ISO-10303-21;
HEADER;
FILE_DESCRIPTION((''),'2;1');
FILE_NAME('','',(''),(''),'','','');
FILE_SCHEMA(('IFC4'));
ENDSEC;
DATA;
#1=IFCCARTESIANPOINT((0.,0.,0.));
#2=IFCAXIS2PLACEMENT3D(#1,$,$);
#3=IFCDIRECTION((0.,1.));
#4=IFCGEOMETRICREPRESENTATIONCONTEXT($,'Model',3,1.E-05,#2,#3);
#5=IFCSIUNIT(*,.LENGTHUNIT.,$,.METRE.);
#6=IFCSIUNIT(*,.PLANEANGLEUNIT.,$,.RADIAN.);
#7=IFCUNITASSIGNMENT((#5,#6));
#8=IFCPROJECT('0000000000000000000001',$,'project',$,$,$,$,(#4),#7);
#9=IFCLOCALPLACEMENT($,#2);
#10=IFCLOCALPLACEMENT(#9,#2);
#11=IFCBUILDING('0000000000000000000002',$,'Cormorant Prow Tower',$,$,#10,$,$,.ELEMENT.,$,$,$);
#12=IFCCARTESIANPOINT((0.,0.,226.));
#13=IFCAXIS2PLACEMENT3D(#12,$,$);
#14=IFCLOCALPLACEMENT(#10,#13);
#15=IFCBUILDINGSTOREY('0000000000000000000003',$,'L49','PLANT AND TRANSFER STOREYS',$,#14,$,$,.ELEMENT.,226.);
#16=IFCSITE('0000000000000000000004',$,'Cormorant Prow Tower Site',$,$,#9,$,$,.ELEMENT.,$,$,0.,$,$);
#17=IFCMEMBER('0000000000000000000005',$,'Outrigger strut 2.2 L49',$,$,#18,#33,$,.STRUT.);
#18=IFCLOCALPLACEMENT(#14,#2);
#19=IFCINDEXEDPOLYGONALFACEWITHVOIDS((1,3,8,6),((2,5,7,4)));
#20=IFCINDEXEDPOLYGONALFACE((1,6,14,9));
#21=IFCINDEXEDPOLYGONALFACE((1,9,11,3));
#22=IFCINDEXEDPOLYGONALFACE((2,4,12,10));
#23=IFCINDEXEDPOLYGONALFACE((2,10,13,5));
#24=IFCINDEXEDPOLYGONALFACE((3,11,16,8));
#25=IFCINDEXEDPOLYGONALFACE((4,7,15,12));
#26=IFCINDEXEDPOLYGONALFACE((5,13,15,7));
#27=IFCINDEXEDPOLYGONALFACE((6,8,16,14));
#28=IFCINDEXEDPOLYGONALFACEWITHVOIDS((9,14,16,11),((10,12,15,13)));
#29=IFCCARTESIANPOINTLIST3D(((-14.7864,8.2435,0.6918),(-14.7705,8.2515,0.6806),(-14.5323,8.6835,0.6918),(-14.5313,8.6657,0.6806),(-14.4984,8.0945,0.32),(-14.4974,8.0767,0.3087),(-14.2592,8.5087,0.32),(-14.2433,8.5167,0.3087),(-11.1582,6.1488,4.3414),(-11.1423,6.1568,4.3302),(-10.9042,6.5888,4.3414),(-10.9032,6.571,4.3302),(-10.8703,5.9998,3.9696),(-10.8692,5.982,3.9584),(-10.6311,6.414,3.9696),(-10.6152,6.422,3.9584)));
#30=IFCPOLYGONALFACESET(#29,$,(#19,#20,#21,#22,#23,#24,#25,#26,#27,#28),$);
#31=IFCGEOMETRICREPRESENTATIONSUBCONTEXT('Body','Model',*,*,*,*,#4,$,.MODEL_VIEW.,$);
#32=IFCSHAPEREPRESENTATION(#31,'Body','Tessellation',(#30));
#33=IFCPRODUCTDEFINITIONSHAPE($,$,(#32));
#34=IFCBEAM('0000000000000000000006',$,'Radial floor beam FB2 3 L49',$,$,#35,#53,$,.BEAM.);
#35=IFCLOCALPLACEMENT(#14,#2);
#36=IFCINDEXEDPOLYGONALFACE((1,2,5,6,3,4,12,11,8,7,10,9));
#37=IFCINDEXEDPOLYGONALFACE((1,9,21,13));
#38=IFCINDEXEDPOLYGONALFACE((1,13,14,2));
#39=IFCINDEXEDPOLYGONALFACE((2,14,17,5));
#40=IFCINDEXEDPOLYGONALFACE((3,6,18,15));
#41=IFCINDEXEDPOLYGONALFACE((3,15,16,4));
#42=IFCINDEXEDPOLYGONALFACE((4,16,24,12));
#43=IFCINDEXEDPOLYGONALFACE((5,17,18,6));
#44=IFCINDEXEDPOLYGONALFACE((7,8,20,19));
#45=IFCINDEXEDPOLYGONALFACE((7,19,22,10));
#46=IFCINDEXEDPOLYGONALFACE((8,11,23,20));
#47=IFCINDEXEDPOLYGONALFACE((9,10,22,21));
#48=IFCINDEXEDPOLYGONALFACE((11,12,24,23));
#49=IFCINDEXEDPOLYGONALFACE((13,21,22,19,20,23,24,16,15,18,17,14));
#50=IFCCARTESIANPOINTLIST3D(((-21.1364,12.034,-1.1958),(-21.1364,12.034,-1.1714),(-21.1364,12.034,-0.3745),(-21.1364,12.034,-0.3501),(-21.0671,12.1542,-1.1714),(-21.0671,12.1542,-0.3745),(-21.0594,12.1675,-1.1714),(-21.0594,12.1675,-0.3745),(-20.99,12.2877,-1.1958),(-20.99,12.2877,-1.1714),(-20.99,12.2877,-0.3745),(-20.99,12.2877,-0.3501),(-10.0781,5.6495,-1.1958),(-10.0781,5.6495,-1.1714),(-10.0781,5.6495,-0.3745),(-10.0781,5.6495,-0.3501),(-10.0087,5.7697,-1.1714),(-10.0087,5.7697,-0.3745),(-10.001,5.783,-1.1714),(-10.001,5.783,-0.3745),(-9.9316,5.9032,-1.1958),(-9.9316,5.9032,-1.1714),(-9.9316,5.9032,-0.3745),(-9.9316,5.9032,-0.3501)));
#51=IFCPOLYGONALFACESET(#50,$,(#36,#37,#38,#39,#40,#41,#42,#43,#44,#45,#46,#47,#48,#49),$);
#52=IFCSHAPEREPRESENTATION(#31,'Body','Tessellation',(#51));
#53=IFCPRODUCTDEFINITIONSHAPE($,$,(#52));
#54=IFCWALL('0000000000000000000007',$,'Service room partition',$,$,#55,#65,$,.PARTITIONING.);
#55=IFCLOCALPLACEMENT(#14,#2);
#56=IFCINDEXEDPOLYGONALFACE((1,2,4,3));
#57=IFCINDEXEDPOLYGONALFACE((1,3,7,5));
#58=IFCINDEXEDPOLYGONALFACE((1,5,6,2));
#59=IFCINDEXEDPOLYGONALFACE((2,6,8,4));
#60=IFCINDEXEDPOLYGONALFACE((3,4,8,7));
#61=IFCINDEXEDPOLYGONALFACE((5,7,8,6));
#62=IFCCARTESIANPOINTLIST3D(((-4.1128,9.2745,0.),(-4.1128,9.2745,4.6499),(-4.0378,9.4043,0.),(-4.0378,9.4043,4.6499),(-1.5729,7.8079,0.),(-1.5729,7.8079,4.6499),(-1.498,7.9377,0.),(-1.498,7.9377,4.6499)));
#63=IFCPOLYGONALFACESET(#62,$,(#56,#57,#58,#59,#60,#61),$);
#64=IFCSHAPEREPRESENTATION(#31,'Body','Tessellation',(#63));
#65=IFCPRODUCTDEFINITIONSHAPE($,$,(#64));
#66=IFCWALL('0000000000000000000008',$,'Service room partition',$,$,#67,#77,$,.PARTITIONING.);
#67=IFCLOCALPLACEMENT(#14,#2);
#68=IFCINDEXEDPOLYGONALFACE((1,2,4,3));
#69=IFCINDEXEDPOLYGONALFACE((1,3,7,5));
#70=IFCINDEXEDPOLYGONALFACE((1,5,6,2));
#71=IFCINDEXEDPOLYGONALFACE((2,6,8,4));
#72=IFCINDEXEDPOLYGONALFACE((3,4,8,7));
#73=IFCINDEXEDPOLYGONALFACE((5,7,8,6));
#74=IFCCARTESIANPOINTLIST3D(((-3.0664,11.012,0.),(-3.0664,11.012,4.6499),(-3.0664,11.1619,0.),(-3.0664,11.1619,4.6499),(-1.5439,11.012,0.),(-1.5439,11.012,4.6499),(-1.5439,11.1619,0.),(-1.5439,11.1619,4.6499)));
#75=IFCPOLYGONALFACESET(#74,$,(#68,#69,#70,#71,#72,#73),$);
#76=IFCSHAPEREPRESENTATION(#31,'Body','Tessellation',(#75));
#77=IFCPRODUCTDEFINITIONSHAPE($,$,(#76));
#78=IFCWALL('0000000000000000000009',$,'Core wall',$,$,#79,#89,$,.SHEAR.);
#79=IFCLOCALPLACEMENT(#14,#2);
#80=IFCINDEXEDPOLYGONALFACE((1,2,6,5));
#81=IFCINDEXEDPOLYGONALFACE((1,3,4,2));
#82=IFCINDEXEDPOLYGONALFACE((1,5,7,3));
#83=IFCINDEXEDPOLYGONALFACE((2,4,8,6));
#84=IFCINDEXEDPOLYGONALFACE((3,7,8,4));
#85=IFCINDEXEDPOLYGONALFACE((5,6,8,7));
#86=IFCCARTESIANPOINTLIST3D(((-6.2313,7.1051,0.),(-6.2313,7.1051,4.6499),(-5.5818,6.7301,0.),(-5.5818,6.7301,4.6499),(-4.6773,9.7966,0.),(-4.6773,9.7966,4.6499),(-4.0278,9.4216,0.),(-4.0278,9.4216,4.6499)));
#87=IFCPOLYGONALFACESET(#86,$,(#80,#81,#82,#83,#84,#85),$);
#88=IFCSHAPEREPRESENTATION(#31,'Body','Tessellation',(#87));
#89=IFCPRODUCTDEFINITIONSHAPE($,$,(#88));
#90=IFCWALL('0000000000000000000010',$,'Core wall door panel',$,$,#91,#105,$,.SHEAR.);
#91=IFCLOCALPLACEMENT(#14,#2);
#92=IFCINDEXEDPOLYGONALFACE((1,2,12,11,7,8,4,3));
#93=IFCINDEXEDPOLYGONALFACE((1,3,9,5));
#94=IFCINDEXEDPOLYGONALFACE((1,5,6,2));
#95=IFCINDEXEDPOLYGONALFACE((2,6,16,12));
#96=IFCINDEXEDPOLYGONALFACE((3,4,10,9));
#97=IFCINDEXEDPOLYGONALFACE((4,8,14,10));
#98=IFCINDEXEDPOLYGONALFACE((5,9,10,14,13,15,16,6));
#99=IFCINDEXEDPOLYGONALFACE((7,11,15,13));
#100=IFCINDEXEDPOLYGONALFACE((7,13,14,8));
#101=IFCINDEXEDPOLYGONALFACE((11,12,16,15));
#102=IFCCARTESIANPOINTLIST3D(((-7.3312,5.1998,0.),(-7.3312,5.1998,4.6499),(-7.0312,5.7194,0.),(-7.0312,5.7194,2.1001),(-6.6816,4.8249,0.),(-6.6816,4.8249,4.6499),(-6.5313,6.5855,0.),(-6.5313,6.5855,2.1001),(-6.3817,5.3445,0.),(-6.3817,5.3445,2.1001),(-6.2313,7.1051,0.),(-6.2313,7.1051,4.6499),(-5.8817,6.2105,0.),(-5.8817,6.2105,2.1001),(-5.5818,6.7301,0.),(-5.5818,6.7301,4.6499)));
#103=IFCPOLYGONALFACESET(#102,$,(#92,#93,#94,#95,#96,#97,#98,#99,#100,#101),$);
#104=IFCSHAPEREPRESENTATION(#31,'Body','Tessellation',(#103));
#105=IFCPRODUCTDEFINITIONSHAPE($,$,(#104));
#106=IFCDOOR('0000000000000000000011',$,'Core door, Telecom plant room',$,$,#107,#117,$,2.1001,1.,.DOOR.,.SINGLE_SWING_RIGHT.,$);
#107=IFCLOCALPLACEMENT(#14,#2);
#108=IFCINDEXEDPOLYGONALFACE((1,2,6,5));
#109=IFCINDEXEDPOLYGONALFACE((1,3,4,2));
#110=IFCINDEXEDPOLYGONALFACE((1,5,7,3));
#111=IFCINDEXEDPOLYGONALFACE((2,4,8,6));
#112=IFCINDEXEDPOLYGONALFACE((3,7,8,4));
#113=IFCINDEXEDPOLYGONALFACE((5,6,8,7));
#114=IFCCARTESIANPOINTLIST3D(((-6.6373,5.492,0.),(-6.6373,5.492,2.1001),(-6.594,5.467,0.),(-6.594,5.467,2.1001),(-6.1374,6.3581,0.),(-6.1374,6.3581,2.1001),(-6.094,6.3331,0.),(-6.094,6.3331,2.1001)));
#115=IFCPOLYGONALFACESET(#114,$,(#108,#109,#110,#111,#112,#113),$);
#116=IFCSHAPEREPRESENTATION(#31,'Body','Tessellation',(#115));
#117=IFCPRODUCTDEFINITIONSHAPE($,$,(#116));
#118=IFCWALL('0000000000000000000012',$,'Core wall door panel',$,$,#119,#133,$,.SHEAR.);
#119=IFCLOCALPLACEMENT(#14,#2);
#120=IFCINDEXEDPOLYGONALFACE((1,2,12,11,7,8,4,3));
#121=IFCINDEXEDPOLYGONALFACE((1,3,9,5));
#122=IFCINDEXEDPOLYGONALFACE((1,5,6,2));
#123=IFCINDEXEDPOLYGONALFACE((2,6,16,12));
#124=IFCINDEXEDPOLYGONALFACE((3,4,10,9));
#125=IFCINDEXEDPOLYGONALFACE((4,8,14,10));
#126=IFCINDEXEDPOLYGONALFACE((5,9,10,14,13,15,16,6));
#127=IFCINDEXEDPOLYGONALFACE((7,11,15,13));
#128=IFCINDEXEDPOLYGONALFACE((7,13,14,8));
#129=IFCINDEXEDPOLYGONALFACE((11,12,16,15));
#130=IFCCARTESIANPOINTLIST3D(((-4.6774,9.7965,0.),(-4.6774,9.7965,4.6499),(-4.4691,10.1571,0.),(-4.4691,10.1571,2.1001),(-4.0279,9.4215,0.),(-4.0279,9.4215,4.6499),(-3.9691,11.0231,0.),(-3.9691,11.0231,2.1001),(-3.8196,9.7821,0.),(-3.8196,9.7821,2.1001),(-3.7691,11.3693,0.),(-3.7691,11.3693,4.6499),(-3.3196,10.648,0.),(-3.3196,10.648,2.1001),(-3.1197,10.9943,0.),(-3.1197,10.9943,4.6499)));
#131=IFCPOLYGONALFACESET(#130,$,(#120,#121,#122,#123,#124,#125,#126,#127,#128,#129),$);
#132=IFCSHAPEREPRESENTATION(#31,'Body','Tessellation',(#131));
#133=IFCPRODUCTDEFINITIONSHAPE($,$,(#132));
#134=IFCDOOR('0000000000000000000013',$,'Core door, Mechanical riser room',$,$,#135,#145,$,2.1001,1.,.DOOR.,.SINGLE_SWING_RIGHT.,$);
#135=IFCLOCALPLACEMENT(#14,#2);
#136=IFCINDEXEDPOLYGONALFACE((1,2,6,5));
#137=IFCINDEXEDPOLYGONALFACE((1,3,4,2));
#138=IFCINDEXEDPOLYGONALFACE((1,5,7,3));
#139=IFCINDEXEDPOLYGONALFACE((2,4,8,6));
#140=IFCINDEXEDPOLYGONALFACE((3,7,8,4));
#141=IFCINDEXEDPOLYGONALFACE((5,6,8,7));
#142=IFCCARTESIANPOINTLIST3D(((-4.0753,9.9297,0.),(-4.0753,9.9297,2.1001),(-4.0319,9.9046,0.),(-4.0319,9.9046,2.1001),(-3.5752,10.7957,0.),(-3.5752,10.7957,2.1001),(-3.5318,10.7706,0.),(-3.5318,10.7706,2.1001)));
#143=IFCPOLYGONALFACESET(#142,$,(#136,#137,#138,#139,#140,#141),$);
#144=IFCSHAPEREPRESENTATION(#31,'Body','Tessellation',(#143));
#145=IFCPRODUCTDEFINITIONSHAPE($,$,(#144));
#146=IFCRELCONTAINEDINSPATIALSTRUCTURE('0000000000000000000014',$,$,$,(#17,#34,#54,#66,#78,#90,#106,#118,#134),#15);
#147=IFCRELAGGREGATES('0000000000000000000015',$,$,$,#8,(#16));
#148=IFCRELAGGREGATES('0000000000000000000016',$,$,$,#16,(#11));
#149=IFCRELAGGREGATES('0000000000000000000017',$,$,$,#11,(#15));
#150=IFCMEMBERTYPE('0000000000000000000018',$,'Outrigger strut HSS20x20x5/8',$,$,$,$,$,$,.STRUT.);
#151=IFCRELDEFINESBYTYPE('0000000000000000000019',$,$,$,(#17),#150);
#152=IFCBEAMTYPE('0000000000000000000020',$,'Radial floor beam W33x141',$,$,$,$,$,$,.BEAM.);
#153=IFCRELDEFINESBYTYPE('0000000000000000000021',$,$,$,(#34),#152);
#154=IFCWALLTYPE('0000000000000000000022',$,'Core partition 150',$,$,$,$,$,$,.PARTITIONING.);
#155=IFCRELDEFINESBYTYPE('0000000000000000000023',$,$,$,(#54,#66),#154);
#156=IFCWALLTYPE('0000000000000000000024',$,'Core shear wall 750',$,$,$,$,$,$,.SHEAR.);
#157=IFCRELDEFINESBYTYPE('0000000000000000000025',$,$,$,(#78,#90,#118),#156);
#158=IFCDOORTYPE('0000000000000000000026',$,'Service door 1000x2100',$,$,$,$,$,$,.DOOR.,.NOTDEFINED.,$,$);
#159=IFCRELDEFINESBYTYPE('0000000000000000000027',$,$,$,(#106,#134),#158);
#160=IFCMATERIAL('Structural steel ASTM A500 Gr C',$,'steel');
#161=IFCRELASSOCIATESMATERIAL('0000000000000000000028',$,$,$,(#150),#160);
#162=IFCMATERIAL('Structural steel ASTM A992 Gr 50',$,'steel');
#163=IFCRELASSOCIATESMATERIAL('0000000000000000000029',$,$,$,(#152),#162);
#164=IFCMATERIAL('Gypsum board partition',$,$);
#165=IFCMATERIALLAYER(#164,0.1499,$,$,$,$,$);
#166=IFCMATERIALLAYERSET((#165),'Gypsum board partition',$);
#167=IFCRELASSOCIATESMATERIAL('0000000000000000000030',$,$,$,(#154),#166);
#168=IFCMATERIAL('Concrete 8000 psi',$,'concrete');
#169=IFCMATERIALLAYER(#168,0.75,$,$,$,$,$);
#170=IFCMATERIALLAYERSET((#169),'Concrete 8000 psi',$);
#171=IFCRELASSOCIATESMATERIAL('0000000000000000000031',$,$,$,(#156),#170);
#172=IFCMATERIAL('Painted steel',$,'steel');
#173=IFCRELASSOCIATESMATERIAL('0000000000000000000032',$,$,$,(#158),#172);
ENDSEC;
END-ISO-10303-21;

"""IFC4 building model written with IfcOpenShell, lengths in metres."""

from ifc_helpers import new_model, si_unit, direction, frame, frame_2d, origin, origin_2d, place, context, subcontext, project, spatial, rectangle, hollow_rectangle, i_section, extrude, material, layer, layer_set, material_profile, profile_set, type_object, element, fill, save


model = new_model("IFC4")

# Units and contexts
model_context = context("Model", 3, precision=1e-05, world=origin(), true_north=direction((0.0, 1.0)))
body_context = subcontext(model_context, "Body", "Model", "MODEL_VIEW")
ifc_project = project(units=[si_unit("LENGTHUNIT", "METRE"), si_unit("PLANEANGLEUNIT", "RADIAN")], contexts=[model_context])

# Site, building, storey
site_placement = place(None, origin())
site = spatial("IfcSite", under=ifc_project, at=site_placement, Name="Cormorant Prow Tower Site", CompositionType="ELEMENT", RefElevation=0.0)
building_placement = place(site_placement, origin())
building = spatial("IfcBuilding", under=site, at=building_placement, Name="Cormorant Prow Tower", CompositionType="ELEMENT")
storey_placement = place(building_placement, frame((0.0, 0.0, 226.0)))
storey = spatial("IfcBuildingStorey", under=building, at=storey_placement, Name="L49", Description="PLANT AND TRANSFER STOREYS", CompositionType="ELEMENT", Elevation=226.0)

# Member
ifc_material_1 = material(Name="Structural steel ASTM A500 Gr C", Category="steel")
ifc_material_profile_1 = material_profile(ifc_material_1, hollow_rectangle(XDim=0.5081, YDim=0.5081, WallThickness=0.0149, at=origin_2d()), Name="HSS20x20x5/8")
ifc_profile_set_1 = profile_set([ifc_material_profile_1], Name="Structural steel ASTM A500 Gr C")
member_type = type_object("IfcMemberType", Name="Outrigger strut HSS20x20x5/8", PredefinedType="STRUT", material=ifc_profile_set_1)
member_placement = place(storey_placement, frame((-10.8867, 6.2854, 4.1499), z_axis=(-0.652994, 0.377006, -0.65686), x_axis=(-0.5, -0.866025, 0.0)))
element("IfcMember", 1, at=member_placement, inside=storey, type_object=member_type, Name="Outrigger strut 2.2 L49", PredefinedType="STRUT", context=body_context, shape_type="SweptSolid", body=[
    extrude(hollow_rectangle(XDim=0.5081, YDim=0.5081, WallThickness=0.0149, at=origin_2d()), origin(), (0.0, 0.0, 1.0), 5.5562),
])

# Beam
ifc_material_2 = material(Name="Structural steel ASTM A992 Gr 50", Category="steel")
ifc_material_profile_2 = material_profile(ifc_material_2, i_section(OverallWidth=0.293, OverallDepth=0.8457, WebThickness=0.0154, FlangeThickness=0.0244, at=origin_2d()), Name="W33x141")
ifc_profile_set_2 = profile_set([ifc_material_profile_2], Name="Structural steel ASTM A992 Gr 50")
beam_type = type_object("IfcBeamType", Name="Radial floor beam W33x141", PredefinedType="BEAM", material=ifc_profile_set_2)
beam_placement = place(storey_placement, frame((-10.0049, 5.7764, -0.7729), z_axis=(-0.866026, 0.499999, 0.0), x_axis=(-0.499999, -0.866026, 0.0)))
element("IfcBeam", 2, at=beam_placement, inside=storey, type_object=beam_type, Name="Radial floor beam FB2 3 L49", PredefinedType="BEAM", context=body_context, shape_type="SweptSolid", body=[
    extrude(i_section(OverallWidth=0.293, OverallDepth=0.8457, WebThickness=0.0154, FlangeThickness=0.0244, at=origin_2d()), origin(), (0.0, 0.0, 1.0), 12.769),
])

# Walls
ifc_material_3 = material(Name="Gypsum board partition")
ifc_layer_1 = layer(ifc_material_3, 0.1499)
ifc_layer_set_1 = layer_set([ifc_layer_1], Name="Gypsum board partition")
wall_type_1 = type_object("IfcWallType", Name="Core partition 150", PredefinedType="PARTITIONING", material=ifc_layer_set_1)
wall_1_placement = place(storey_placement, frame((-4.0752, 9.3394, 0.0), z_axis=(0.0, 0.0, 1.0), x_axis=(0.865996, -0.500052, 0.0)))
element("IfcWall", 3, at=wall_1_placement, inside=storey, type_object=wall_type_1, Name="Service room partition", PredefinedType="PARTITIONING", context=body_context, shape_type="SweptSolid", body=[
    extrude(rectangle(XDim=2.9329, YDim=0.1499, at=frame_2d((1.4663, 0.0))), origin(), (0.0, 0.0, 1.0), 4.6499),
])
wall_2_placement = place(storey_placement, frame((-1.5439, 11.0869, 0.0), z_axis=(0.0, 0.0, 1.0), x_axis=(-1.0, 0.0, 0.0)))
element("IfcWall", 4, at=wall_2_placement, inside=storey, type_object=wall_type_1, Name="Service room partition", PredefinedType="PARTITIONING", context=body_context, shape_type="SweptSolid", body=[
    extrude(rectangle(XDim=1.5225, YDim=0.1499, at=frame_2d((0.7612, 0.0))), origin(), (0.0, 0.0, 1.0), 4.6499),
])
ifc_material_4 = material(Name="Concrete 8000 psi", Category="concrete")
ifc_layer_2 = layer(ifc_material_4, 0.75)
ifc_layer_set_2 = layer_set([ifc_layer_2], Name="Concrete 8000 psi")
wall_type_2 = type_object("IfcWallType", Name="Core shear wall 750", PredefinedType="SHEAR", material=ifc_layer_set_2)
wall_3_placement = place(storey_placement, frame((-4.3525, 9.6091, 0.0), z_axis=(0.0, 0.0, 1.0), x_axis=(-0.500017, -0.866016, 0.0)))
element("IfcWall", 5, at=wall_3_placement, inside=storey, type_object=wall_type_2, Name="Core wall", PredefinedType="SHEAR", context=body_context, shape_type="SweptSolid", body=[
    extrude(rectangle(XDim=3.1079, YDim=0.75, at=frame_2d((1.554, 0.0))), origin(), (0.0, 0.0, 1.0), 4.6499),
])

# Walls, openings, doors
wall_4_placement = place(storey_placement, frame((-5.9065, 6.9177, 0.0), z_axis=(0.0, 0.0, 1.0), x_axis=(-0.499947, -0.866056, 0.0)))
wall_4 = element("IfcWall", 6, at=wall_4_placement, inside=storey, type_object=wall_type_2, Name="Core wall door panel", PredefinedType="SHEAR", context=body_context, shape_type="SweptSolid", body=[
    extrude(rectangle(XDim=2.2, YDim=0.75, at=frame_2d((1.1001, 0.0))), origin(), (0.0, 0.0, 1.0), 4.6499),
])
opening_1_placement = place(wall_4_placement, frame((0.6001, 0.0, 0.0)))
opening_1 = element("IfcOpeningElement", 7, at=opening_1_placement, cuts=wall_4, PredefinedType="OPENING", context=body_context, shape_type="SweptSolid", body=[
    extrude(rectangle(XDim=1.0, YDim=2.1001, at=frame_2d((0.5, 1.05))), frame((0.0, 0.385, 0.0), z_axis=(0.0, -1.0, 0.0), x_axis=(1.0, 0.0, 0.0)), (0.0, 0.0, 1.0), 0.77),
])
ifc_material_5 = material(Name="Painted steel", Category="steel")
door_type_1 = type_object("IfcDoorType", Name="Service door 1000x2100", OperationType="NOTDEFINED", PredefinedType="DOOR", material=ifc_material_5)
door_1_placement = place(opening_1_placement, origin())
door_1 = element("IfcDoor", 8, at=door_1_placement, inside=storey, type_object=door_type_1, Name="Core door, Telecom plant room", OperationType="SINGLE_SWING_RIGHT", OverallHeight=2.1001, OverallWidth=1.0, PredefinedType="DOOR", context=body_context, shape_type="SweptSolid", body=[
    extrude(rectangle(XDim=1.0, YDim=2.1001, at=frame_2d((0.5, 1.05))), frame((0.0, 0.1299, 0.0), z_axis=(0.0, -1.0, 0.0), x_axis=(1.0, 0.0, 0.0)), (0.0, 0.0, 1.0), 0.05),
])
fill(opening_1, door_1)
wall_5_placement = place(storey_placement, frame((-3.4443, 11.1819, 0.0), z_axis=(0.0, 0.0, 1.0), x_axis=(-0.500072, -0.865984, 0.0)))
wall_5 = element("IfcWall", 9, at=wall_5_placement, inside=storey, type_object=wall_type_2, Name="Core wall door panel", PredefinedType="SHEAR", context=body_context, shape_type="SweptSolid", body=[
    extrude(rectangle(XDim=1.8162, YDim=0.75, at=frame_2d((0.9082, 0.0))), origin(), (0.0, 0.0, 1.0), 4.6499),
])
opening_2_placement = place(wall_5_placement, frame((0.3999, 0.0, 0.0)))
opening_2 = element("IfcOpeningElement", 10, at=opening_2_placement, cuts=wall_5, PredefinedType="OPENING", context=body_context, shape_type="SweptSolid", body=[
    extrude(rectangle(XDim=1.0, YDim=2.1001, at=frame_2d((0.5, 1.05))), frame((0.0, 0.385, 0.0), z_axis=(0.0, -1.0, 0.0), x_axis=(1.0, 0.0, 0.0)), (0.0, 0.0, 1.0), 0.77),
])
door_2_placement = place(opening_2_placement, origin())
door_2 = element("IfcDoor", 11, at=door_2_placement, inside=storey, type_object=door_type_1, Name="Core door, Mechanical riser room", OperationType="SINGLE_SWING_RIGHT", OverallHeight=2.1001, OverallWidth=1.0, PredefinedType="DOOR", context=body_context, shape_type="SweptSolid", body=[
    extrude(rectangle(XDim=1.0, YDim=2.1001, at=frame_2d((0.5, 1.05))), frame((0.0, 0.1299, 0.0), z_axis=(0.0, -1.0, 0.0), x_axis=(1.0, 0.0, 0.0)), (0.0, 0.0, 1.0), 0.05),
])
fill(opening_2, door_2)

save(model, "model.ifc")
